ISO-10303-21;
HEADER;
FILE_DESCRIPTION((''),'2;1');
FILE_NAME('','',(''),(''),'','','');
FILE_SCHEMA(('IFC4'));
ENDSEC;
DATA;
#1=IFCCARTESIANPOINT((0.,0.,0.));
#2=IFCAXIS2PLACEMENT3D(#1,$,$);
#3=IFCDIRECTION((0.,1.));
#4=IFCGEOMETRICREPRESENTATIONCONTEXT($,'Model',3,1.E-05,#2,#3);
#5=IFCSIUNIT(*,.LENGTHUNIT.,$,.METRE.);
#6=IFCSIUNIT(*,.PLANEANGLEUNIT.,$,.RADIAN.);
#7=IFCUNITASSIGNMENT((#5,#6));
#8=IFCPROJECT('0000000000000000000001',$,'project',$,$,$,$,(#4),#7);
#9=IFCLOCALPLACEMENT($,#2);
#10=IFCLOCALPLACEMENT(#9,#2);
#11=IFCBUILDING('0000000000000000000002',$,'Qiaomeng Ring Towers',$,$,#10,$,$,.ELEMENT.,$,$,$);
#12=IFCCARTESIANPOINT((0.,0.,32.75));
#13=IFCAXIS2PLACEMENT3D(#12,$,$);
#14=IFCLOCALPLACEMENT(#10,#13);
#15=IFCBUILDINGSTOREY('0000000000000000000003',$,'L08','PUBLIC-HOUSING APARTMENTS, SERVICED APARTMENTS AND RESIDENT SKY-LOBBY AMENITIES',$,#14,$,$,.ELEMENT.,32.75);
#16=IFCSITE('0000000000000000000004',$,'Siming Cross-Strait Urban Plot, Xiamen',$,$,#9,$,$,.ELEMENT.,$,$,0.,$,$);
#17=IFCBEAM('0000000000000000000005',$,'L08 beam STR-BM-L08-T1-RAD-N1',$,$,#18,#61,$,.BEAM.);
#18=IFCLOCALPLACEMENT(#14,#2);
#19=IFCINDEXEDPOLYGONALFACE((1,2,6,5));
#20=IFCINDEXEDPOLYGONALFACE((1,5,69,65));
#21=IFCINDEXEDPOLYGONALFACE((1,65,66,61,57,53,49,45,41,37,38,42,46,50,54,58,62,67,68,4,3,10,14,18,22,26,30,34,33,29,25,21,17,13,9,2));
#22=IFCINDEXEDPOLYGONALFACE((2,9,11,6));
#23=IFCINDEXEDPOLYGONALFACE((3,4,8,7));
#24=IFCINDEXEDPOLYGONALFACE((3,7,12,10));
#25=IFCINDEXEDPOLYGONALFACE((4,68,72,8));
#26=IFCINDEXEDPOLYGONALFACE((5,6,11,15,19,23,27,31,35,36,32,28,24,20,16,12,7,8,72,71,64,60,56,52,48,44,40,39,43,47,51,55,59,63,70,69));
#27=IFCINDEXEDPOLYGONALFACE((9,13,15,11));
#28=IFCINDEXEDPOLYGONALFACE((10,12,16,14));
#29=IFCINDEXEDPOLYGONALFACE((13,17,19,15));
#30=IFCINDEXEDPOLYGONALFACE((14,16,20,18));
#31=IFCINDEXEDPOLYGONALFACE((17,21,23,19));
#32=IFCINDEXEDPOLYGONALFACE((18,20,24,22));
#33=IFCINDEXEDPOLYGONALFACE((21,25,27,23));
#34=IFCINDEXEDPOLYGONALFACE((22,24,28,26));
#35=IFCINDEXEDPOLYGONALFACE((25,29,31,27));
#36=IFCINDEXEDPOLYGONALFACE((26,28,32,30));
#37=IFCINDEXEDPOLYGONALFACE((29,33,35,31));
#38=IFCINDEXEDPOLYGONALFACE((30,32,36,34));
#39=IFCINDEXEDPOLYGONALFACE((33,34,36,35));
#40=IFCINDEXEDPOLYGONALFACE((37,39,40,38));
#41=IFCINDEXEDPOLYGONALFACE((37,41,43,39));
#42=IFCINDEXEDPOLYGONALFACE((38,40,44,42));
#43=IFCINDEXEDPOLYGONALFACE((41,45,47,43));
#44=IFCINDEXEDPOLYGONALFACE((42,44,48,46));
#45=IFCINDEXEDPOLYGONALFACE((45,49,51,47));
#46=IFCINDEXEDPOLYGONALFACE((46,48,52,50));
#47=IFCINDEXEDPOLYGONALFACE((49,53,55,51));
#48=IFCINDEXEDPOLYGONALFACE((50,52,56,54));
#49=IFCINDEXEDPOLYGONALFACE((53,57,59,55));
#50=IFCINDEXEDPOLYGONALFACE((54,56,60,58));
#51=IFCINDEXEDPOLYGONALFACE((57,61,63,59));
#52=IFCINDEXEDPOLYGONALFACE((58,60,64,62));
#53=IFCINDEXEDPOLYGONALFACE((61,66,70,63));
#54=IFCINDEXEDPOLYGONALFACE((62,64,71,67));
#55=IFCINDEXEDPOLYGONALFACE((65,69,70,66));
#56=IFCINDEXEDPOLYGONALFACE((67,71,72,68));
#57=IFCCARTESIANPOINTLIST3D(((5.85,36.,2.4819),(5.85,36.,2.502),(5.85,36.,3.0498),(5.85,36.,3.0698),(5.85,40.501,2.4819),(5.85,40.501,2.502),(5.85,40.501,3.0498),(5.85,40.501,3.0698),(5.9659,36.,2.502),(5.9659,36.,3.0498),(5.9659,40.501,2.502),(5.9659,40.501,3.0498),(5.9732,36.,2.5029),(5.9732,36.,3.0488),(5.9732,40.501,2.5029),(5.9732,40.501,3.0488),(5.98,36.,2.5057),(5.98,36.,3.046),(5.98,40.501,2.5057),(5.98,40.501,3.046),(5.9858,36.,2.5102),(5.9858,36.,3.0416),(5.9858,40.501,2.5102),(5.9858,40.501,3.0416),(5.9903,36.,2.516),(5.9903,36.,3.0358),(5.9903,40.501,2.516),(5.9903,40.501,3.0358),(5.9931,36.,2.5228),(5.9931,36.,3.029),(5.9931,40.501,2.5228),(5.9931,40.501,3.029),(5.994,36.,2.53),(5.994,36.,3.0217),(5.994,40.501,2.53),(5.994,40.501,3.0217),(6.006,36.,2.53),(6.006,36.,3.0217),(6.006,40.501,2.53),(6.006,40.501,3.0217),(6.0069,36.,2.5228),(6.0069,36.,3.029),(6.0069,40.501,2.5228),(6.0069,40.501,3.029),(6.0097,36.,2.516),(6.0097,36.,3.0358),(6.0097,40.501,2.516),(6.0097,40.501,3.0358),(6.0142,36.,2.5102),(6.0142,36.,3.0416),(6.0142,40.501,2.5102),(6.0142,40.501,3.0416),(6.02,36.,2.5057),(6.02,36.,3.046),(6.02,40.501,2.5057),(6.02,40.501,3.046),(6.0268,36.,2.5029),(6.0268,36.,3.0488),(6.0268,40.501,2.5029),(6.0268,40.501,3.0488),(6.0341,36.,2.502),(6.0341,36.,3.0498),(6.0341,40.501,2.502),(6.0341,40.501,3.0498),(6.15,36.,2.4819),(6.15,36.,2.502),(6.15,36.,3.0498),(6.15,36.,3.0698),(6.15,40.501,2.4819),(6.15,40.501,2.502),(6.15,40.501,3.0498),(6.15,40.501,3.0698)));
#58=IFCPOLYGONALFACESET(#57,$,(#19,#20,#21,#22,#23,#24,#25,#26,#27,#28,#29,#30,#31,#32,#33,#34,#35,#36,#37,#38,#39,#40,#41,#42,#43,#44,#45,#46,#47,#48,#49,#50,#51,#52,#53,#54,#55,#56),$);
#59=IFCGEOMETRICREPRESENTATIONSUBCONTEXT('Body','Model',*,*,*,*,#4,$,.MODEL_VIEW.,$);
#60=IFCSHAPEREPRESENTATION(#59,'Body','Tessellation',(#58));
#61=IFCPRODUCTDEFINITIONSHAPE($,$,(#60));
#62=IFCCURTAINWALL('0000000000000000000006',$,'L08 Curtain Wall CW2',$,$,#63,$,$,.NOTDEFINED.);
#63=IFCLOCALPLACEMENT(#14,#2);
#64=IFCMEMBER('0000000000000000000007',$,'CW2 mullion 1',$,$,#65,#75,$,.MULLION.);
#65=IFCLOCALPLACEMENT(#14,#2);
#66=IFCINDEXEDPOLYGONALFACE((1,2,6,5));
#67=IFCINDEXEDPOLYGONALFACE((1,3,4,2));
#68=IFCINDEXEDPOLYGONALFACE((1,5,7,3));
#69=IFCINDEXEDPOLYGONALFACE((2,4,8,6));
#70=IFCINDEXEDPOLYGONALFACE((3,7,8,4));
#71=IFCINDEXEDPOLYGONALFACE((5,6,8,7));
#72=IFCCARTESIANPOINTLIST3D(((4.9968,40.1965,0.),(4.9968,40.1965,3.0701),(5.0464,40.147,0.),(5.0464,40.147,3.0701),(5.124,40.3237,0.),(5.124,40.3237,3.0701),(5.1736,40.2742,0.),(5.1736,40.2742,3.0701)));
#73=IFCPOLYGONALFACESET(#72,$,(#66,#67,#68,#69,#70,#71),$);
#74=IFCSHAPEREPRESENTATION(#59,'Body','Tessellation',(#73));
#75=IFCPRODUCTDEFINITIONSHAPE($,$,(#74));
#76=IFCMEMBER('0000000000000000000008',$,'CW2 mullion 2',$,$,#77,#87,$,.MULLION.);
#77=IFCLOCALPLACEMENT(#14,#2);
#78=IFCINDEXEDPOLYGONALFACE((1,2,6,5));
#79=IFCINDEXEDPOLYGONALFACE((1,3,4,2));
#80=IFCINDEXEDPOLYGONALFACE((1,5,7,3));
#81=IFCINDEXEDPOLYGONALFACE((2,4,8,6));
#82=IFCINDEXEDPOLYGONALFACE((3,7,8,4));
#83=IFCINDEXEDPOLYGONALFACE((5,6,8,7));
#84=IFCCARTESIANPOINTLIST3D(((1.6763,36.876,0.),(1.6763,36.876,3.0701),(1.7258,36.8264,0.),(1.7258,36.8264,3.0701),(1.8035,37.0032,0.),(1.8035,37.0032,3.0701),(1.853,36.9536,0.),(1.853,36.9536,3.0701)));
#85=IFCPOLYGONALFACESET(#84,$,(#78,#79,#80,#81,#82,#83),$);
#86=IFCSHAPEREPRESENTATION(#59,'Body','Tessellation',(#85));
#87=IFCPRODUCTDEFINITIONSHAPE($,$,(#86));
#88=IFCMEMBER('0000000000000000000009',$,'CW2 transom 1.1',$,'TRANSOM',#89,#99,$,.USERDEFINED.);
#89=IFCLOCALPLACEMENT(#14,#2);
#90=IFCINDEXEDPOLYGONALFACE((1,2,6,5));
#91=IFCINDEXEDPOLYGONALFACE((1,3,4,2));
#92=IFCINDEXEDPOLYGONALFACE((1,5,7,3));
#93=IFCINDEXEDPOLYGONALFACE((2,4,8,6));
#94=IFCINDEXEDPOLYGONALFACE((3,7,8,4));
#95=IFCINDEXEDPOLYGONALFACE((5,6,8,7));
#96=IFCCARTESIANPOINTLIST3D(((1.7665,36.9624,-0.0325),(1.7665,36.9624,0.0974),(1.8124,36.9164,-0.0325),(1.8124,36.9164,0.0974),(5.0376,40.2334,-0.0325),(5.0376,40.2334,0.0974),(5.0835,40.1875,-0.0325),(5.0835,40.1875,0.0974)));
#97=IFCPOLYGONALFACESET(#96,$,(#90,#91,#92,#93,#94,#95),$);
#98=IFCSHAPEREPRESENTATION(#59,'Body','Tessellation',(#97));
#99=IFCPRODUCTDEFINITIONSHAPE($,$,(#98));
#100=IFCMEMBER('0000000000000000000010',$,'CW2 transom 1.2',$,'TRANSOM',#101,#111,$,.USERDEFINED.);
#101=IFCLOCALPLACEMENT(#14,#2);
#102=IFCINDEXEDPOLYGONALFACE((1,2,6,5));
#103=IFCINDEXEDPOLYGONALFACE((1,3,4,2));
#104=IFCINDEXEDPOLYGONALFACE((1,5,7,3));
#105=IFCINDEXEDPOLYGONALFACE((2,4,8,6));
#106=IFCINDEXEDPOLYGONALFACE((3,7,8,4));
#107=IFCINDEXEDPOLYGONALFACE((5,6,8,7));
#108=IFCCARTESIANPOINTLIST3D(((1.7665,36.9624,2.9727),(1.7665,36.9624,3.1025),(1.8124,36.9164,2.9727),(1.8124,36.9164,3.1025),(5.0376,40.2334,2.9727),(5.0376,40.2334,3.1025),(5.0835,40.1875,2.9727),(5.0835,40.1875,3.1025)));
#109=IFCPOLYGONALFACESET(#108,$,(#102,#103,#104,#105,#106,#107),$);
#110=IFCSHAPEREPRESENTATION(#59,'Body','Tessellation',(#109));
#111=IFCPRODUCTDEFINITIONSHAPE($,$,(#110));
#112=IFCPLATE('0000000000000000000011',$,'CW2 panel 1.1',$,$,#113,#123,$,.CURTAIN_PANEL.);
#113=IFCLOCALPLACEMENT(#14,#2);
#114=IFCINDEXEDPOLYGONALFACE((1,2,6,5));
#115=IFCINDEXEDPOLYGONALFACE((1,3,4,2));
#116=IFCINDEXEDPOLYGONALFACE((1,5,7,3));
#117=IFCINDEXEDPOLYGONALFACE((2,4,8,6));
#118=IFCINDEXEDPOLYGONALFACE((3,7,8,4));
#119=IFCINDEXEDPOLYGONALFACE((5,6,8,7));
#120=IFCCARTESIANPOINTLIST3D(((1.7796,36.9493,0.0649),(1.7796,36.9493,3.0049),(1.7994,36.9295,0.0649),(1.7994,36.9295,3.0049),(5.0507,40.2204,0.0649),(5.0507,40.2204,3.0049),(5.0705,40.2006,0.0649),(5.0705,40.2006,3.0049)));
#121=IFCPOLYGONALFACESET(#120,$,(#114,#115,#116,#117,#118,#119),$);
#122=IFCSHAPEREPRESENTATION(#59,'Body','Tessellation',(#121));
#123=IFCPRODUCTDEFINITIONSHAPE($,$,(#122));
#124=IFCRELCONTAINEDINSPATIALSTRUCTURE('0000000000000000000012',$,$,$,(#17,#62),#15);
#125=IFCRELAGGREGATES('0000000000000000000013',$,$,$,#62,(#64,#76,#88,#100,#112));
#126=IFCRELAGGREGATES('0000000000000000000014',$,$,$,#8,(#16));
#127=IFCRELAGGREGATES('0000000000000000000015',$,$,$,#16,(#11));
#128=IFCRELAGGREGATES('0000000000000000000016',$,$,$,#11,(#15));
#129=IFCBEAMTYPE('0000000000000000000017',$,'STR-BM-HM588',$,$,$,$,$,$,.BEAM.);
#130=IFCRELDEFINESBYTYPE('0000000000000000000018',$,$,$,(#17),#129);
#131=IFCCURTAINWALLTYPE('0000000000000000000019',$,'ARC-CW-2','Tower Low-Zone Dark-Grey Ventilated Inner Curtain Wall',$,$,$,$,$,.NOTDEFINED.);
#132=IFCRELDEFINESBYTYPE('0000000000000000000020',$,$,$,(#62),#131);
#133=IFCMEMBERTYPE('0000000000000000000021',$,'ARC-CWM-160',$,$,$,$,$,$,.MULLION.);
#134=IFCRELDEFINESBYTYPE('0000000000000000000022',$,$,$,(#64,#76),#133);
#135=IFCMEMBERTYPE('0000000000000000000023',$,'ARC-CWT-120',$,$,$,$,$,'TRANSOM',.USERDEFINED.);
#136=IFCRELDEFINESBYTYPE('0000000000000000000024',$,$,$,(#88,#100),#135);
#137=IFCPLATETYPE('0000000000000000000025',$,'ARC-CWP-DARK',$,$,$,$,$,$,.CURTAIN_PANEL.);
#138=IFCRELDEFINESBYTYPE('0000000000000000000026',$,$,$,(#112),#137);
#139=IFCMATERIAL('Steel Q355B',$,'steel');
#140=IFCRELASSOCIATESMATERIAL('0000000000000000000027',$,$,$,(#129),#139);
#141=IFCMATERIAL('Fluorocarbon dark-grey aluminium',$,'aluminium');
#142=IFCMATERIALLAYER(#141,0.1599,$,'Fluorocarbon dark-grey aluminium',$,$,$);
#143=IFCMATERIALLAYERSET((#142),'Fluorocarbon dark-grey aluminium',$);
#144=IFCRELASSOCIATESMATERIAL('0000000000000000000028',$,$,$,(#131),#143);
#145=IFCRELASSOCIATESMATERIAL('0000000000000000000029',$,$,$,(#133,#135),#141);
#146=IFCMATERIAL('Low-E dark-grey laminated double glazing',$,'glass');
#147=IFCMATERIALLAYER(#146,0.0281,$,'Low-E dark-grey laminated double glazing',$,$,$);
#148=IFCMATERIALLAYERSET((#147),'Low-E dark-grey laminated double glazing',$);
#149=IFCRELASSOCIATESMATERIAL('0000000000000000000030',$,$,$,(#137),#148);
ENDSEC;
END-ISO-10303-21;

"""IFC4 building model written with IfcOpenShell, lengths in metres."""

from ifc_helpers import new_model, si_unit, direction, frame, origin, origin_2d, place, context, subcontext, project, spatial, rectangle, i_section, extrude, source, transform, mapped, material, layer, layer_set, material_profile, profile_set, type_object, element, aggregate, save


model = new_model("IFC4")

# Units and contexts
model_context = context("Model", 3, precision=1e-05, world=origin(), true_north=direction((0.0, 1.0)))
body_context = subcontext(model_context, "Body", "Model", "MODEL_VIEW")
ifc_project = project(units=[si_unit("LENGTHUNIT", "METRE"), si_unit("PLANEANGLEUNIT", "RADIAN")], contexts=[model_context])

# Site, building, storey
site_placement = place(None, origin())
site = spatial("IfcSite", under=ifc_project, at=site_placement, Name="Siming Cross-Strait Urban Plot, Xiamen", CompositionType="ELEMENT", RefElevation=0.0)
building_placement = place(site_placement, origin())
building = spatial("IfcBuilding", under=site, at=building_placement, Name="Qiaomeng Ring Towers", CompositionType="ELEMENT")
storey_placement = place(building_placement, frame((0.0, 0.0, 32.75)))
storey = spatial("IfcBuildingStorey", under=building, at=storey_placement, Name="L08", Description="PUBLIC-HOUSING APARTMENTS, SERVICED APARTMENTS AND RESIDENT SKY-LOBBY AMENITIES", CompositionType="ELEMENT", Elevation=32.75)

# Beam
ifc_material_1 = material(Name="Steel Q355B", Category="steel")
ifc_material_profile_1 = material_profile(ifc_material_1, i_section(OverallWidth=0.3, OverallDepth=0.5879, WebThickness=0.012, FlangeThickness=0.02, FilletRadius=0.0281, at=origin_2d()), Name="HM 588x300x12x20")
ifc_profile_set_1 = profile_set([ifc_material_profile_1], Name="Steel Q355B")
beam_type_1 = type_object("IfcBeamType", Name="STR-BM-HM588", PredefinedType="BEAM", material=ifc_profile_set_1)
shared_shape_1 = source(origin(), body_context, "Body", "SweptSolid", [
    extrude(i_section(OverallWidth=0.3, OverallDepth=0.5879, WebThickness=0.012, FlangeThickness=0.02, FilletRadius=0.0281, at=origin_2d()), origin(), (0.0, 0.0, 1.0), 4.501),
])
beam_1_placement = place(storey_placement, frame((6.0, 40.501, 2.7759), z_axis=(0.0, -1.0, 0.0), x_axis=(1.0, 0.0, 0.0)))
element("IfcBeam", 1, at=beam_1_placement, inside=storey, type_object=beam_type_1, Name="L08 beam STR-BM-L08-T1-RAD-N1", PredefinedType="BEAM", context=body_context, shape_type="MappedRepresentation", body=[
    mapped(shared_shape_1, transform((0.0, 0.0, 0.0), x_axis=(1.0, 0.0, 0.0), y_axis=(0.0, 1.0, 0.0), z_axis=(0.0, 0.0, 1.0), scale=1.0)),
])

# Curtain wall, members, plate
ifc_material_2 = material(Name="Fluorocarbon dark-grey aluminium", Category="aluminium")
ifc_layer_1 = layer(ifc_material_2, 0.1599, Name="Fluorocarbon dark-grey aluminium")
ifc_layer_set_1 = layer_set([ifc_layer_1], Name="Fluorocarbon dark-grey aluminium")
curtain_wall_type = type_object("IfcCurtainWallType", Name="ARC-CW-2", Description="Tower Low-Zone Dark-Grey Ventilated Inner Curtain Wall", PredefinedType="NOTDEFINED", material=ifc_layer_set_1)
curtain_wall_placement = place(storey_placement, origin())
curtain_wall = element("IfcCurtainWall", 2, at=curtain_wall_placement, inside=storey, type_object=curtain_wall_type, Name="L08 Curtain Wall CW2", PredefinedType="NOTDEFINED")
ifc_material_profile_2 = material_profile(ifc_material_2, rectangle(XDim=0.0701, YDim=0.1799, at=origin_2d()), Name="ALU MULL 70x180")
ifc_profile_set_2 = profile_set([ifc_material_profile_2], Name="Fluorocarbon dark-grey aluminium")
member_type_1 = type_object("IfcMemberType", Name="ARC-CWM-160", PredefinedType="MULLION", material=ifc_profile_set_2)
shared_shape_2 = source(origin(), body_context, "Body", "SweptSolid", [
    extrude(rectangle(XDim=0.0701, YDim=0.1799, at=origin_2d()), origin(), (0.0, 0.0, 1.0), 3.0701),
])
member_1_placement = place(storey_placement, frame((5.0852, 40.2354, 0.0), z_axis=(0.0, 0.0, 1.0), x_axis=(0.707107, -0.707107, 0.0)))
member_1 = element("IfcMember", 3, at=member_1_placement, type_object=member_type_1, Name="CW2 mullion 1", PredefinedType="MULLION", context=body_context, shape_type="MappedRepresentation", body=[
    mapped(shared_shape_2, transform((0.0, 0.0, 0.0), x_axis=(1.0, 0.0, 0.0), y_axis=(0.0, 1.0, 0.0), z_axis=(0.0, 0.0, 1.0), scale=1.0)),
])
member_2_placement = place(storey_placement, frame((1.7646, 36.9148, 0.0), z_axis=(0.0, 0.0, 1.0), x_axis=(0.707107, -0.707107, 0.0)))
member_2 = element("IfcMember", 4, at=member_2_placement, type_object=member_type_1, Name="CW2 mullion 2", PredefinedType="MULLION", context=body_context, shape_type="MappedRepresentation", body=[
    mapped(shared_shape_2, transform((0.0, 0.0, 0.0), x_axis=(1.0, 0.0, 0.0), y_axis=(0.0, 1.0, 0.0), z_axis=(0.0, 0.0, 1.0), scale=1.0)),
])
ifc_material_profile_3 = material_profile(ifc_material_2, rectangle(XDim=0.0649, YDim=0.1299, at=origin_2d()), Name="ALU TRAN 65x130")
ifc_profile_set_3 = profile_set([ifc_material_profile_3], Name="Fluorocarbon dark-grey aluminium")
member_type_2 = type_object("IfcMemberType", Name="ARC-CWT-120", ElementType="TRANSOM", PredefinedType="USERDEFINED", material=ifc_profile_set_3)
shared_shape_3 = source(origin(), body_context, "Body", "SweptSolid", [
    extrude(rectangle(XDim=0.0649, YDim=0.1299, at=origin_2d()), origin(), (0.0, 0.0, 1.0), 4.626),
])
member_3_placement = place(storey_placement, frame((5.0605, 40.2104, 0.0325), z_axis=(-0.707107, -0.707107, 0.0), x_axis=(0.707107, -0.707107, 0.0)))
member_3 = element("IfcMember", 5, at=member_3_placement, type_object=member_type_2, Name="CW2 transom 1.1", ObjectType="TRANSOM", PredefinedType="USERDEFINED", context=body_context, shape_type="MappedRepresentation", body=[
    mapped(shared_shape_3, transform((0.0, 0.0, 0.0), x_axis=(1.0, 0.0, 0.0), y_axis=(0.0, 1.0, 0.0), z_axis=(0.0, 0.0, 1.0), scale=1.0)),
])
member_4_placement = place(storey_placement, frame((5.0605, 40.2104, 3.0376), z_axis=(-0.707107, -0.707107, 0.0), x_axis=(0.707107, -0.707107, 0.0)))
member_4 = element("IfcMember", 6, at=member_4_placement, type_object=member_type_2, Name="CW2 transom 1.2", ObjectType="TRANSOM", PredefinedType="USERDEFINED", context=body_context, shape_type="MappedRepresentation", body=[
    mapped(shared_shape_3, transform((0.0, 0.0, 0.0), x_axis=(1.0, 0.0, 0.0), y_axis=(0.0, 1.0, 0.0), z_axis=(0.0, 0.0, 1.0), scale=1.0)),
])
ifc_material_3 = material(Name="Low-E dark-grey laminated double glazing", Category="glass")
ifc_layer_2 = layer(ifc_material_3, 0.0281, Name="Low-E dark-grey laminated double glazing")
ifc_layer_set_2 = layer_set([ifc_layer_2], Name="Low-E dark-grey laminated double glazing")
plate_type = type_object("IfcPlateType", Name="ARC-CWP-DARK", PredefinedType="CURTAIN_PANEL", material=ifc_layer_set_2)
shared_shape_4 = source(origin(), body_context, "Body", "SweptSolid", [
    extrude(rectangle(XDim=4.626, YDim=0.0281, at=origin_2d()), origin(), (0.0, 0.0, 1.0), 2.9399),
])
plate_placement = place(storey_placement, frame((3.425, 38.575, 0.0649), z_axis=(0.0, 0.0, 1.0), x_axis=(-0.707107, -0.707107, 0.0)))
plate = element("IfcPlate", 7, at=plate_placement, type_object=plate_type, Name="CW2 panel 1.1", PredefinedType="CURTAIN_PANEL", context=body_context, shape_type="MappedRepresentation", body=[
    mapped(shared_shape_4, transform((0.0, 0.0, 0.0), x_axis=(1.0, 0.0, 0.0), y_axis=(0.0, 1.0, 0.0), z_axis=(0.0, 0.0, 1.0), scale=1.0)),
])
aggregate(curtain_wall, [member_1, member_2, member_3, member_4, plate])

save(model, "model.ifc")
